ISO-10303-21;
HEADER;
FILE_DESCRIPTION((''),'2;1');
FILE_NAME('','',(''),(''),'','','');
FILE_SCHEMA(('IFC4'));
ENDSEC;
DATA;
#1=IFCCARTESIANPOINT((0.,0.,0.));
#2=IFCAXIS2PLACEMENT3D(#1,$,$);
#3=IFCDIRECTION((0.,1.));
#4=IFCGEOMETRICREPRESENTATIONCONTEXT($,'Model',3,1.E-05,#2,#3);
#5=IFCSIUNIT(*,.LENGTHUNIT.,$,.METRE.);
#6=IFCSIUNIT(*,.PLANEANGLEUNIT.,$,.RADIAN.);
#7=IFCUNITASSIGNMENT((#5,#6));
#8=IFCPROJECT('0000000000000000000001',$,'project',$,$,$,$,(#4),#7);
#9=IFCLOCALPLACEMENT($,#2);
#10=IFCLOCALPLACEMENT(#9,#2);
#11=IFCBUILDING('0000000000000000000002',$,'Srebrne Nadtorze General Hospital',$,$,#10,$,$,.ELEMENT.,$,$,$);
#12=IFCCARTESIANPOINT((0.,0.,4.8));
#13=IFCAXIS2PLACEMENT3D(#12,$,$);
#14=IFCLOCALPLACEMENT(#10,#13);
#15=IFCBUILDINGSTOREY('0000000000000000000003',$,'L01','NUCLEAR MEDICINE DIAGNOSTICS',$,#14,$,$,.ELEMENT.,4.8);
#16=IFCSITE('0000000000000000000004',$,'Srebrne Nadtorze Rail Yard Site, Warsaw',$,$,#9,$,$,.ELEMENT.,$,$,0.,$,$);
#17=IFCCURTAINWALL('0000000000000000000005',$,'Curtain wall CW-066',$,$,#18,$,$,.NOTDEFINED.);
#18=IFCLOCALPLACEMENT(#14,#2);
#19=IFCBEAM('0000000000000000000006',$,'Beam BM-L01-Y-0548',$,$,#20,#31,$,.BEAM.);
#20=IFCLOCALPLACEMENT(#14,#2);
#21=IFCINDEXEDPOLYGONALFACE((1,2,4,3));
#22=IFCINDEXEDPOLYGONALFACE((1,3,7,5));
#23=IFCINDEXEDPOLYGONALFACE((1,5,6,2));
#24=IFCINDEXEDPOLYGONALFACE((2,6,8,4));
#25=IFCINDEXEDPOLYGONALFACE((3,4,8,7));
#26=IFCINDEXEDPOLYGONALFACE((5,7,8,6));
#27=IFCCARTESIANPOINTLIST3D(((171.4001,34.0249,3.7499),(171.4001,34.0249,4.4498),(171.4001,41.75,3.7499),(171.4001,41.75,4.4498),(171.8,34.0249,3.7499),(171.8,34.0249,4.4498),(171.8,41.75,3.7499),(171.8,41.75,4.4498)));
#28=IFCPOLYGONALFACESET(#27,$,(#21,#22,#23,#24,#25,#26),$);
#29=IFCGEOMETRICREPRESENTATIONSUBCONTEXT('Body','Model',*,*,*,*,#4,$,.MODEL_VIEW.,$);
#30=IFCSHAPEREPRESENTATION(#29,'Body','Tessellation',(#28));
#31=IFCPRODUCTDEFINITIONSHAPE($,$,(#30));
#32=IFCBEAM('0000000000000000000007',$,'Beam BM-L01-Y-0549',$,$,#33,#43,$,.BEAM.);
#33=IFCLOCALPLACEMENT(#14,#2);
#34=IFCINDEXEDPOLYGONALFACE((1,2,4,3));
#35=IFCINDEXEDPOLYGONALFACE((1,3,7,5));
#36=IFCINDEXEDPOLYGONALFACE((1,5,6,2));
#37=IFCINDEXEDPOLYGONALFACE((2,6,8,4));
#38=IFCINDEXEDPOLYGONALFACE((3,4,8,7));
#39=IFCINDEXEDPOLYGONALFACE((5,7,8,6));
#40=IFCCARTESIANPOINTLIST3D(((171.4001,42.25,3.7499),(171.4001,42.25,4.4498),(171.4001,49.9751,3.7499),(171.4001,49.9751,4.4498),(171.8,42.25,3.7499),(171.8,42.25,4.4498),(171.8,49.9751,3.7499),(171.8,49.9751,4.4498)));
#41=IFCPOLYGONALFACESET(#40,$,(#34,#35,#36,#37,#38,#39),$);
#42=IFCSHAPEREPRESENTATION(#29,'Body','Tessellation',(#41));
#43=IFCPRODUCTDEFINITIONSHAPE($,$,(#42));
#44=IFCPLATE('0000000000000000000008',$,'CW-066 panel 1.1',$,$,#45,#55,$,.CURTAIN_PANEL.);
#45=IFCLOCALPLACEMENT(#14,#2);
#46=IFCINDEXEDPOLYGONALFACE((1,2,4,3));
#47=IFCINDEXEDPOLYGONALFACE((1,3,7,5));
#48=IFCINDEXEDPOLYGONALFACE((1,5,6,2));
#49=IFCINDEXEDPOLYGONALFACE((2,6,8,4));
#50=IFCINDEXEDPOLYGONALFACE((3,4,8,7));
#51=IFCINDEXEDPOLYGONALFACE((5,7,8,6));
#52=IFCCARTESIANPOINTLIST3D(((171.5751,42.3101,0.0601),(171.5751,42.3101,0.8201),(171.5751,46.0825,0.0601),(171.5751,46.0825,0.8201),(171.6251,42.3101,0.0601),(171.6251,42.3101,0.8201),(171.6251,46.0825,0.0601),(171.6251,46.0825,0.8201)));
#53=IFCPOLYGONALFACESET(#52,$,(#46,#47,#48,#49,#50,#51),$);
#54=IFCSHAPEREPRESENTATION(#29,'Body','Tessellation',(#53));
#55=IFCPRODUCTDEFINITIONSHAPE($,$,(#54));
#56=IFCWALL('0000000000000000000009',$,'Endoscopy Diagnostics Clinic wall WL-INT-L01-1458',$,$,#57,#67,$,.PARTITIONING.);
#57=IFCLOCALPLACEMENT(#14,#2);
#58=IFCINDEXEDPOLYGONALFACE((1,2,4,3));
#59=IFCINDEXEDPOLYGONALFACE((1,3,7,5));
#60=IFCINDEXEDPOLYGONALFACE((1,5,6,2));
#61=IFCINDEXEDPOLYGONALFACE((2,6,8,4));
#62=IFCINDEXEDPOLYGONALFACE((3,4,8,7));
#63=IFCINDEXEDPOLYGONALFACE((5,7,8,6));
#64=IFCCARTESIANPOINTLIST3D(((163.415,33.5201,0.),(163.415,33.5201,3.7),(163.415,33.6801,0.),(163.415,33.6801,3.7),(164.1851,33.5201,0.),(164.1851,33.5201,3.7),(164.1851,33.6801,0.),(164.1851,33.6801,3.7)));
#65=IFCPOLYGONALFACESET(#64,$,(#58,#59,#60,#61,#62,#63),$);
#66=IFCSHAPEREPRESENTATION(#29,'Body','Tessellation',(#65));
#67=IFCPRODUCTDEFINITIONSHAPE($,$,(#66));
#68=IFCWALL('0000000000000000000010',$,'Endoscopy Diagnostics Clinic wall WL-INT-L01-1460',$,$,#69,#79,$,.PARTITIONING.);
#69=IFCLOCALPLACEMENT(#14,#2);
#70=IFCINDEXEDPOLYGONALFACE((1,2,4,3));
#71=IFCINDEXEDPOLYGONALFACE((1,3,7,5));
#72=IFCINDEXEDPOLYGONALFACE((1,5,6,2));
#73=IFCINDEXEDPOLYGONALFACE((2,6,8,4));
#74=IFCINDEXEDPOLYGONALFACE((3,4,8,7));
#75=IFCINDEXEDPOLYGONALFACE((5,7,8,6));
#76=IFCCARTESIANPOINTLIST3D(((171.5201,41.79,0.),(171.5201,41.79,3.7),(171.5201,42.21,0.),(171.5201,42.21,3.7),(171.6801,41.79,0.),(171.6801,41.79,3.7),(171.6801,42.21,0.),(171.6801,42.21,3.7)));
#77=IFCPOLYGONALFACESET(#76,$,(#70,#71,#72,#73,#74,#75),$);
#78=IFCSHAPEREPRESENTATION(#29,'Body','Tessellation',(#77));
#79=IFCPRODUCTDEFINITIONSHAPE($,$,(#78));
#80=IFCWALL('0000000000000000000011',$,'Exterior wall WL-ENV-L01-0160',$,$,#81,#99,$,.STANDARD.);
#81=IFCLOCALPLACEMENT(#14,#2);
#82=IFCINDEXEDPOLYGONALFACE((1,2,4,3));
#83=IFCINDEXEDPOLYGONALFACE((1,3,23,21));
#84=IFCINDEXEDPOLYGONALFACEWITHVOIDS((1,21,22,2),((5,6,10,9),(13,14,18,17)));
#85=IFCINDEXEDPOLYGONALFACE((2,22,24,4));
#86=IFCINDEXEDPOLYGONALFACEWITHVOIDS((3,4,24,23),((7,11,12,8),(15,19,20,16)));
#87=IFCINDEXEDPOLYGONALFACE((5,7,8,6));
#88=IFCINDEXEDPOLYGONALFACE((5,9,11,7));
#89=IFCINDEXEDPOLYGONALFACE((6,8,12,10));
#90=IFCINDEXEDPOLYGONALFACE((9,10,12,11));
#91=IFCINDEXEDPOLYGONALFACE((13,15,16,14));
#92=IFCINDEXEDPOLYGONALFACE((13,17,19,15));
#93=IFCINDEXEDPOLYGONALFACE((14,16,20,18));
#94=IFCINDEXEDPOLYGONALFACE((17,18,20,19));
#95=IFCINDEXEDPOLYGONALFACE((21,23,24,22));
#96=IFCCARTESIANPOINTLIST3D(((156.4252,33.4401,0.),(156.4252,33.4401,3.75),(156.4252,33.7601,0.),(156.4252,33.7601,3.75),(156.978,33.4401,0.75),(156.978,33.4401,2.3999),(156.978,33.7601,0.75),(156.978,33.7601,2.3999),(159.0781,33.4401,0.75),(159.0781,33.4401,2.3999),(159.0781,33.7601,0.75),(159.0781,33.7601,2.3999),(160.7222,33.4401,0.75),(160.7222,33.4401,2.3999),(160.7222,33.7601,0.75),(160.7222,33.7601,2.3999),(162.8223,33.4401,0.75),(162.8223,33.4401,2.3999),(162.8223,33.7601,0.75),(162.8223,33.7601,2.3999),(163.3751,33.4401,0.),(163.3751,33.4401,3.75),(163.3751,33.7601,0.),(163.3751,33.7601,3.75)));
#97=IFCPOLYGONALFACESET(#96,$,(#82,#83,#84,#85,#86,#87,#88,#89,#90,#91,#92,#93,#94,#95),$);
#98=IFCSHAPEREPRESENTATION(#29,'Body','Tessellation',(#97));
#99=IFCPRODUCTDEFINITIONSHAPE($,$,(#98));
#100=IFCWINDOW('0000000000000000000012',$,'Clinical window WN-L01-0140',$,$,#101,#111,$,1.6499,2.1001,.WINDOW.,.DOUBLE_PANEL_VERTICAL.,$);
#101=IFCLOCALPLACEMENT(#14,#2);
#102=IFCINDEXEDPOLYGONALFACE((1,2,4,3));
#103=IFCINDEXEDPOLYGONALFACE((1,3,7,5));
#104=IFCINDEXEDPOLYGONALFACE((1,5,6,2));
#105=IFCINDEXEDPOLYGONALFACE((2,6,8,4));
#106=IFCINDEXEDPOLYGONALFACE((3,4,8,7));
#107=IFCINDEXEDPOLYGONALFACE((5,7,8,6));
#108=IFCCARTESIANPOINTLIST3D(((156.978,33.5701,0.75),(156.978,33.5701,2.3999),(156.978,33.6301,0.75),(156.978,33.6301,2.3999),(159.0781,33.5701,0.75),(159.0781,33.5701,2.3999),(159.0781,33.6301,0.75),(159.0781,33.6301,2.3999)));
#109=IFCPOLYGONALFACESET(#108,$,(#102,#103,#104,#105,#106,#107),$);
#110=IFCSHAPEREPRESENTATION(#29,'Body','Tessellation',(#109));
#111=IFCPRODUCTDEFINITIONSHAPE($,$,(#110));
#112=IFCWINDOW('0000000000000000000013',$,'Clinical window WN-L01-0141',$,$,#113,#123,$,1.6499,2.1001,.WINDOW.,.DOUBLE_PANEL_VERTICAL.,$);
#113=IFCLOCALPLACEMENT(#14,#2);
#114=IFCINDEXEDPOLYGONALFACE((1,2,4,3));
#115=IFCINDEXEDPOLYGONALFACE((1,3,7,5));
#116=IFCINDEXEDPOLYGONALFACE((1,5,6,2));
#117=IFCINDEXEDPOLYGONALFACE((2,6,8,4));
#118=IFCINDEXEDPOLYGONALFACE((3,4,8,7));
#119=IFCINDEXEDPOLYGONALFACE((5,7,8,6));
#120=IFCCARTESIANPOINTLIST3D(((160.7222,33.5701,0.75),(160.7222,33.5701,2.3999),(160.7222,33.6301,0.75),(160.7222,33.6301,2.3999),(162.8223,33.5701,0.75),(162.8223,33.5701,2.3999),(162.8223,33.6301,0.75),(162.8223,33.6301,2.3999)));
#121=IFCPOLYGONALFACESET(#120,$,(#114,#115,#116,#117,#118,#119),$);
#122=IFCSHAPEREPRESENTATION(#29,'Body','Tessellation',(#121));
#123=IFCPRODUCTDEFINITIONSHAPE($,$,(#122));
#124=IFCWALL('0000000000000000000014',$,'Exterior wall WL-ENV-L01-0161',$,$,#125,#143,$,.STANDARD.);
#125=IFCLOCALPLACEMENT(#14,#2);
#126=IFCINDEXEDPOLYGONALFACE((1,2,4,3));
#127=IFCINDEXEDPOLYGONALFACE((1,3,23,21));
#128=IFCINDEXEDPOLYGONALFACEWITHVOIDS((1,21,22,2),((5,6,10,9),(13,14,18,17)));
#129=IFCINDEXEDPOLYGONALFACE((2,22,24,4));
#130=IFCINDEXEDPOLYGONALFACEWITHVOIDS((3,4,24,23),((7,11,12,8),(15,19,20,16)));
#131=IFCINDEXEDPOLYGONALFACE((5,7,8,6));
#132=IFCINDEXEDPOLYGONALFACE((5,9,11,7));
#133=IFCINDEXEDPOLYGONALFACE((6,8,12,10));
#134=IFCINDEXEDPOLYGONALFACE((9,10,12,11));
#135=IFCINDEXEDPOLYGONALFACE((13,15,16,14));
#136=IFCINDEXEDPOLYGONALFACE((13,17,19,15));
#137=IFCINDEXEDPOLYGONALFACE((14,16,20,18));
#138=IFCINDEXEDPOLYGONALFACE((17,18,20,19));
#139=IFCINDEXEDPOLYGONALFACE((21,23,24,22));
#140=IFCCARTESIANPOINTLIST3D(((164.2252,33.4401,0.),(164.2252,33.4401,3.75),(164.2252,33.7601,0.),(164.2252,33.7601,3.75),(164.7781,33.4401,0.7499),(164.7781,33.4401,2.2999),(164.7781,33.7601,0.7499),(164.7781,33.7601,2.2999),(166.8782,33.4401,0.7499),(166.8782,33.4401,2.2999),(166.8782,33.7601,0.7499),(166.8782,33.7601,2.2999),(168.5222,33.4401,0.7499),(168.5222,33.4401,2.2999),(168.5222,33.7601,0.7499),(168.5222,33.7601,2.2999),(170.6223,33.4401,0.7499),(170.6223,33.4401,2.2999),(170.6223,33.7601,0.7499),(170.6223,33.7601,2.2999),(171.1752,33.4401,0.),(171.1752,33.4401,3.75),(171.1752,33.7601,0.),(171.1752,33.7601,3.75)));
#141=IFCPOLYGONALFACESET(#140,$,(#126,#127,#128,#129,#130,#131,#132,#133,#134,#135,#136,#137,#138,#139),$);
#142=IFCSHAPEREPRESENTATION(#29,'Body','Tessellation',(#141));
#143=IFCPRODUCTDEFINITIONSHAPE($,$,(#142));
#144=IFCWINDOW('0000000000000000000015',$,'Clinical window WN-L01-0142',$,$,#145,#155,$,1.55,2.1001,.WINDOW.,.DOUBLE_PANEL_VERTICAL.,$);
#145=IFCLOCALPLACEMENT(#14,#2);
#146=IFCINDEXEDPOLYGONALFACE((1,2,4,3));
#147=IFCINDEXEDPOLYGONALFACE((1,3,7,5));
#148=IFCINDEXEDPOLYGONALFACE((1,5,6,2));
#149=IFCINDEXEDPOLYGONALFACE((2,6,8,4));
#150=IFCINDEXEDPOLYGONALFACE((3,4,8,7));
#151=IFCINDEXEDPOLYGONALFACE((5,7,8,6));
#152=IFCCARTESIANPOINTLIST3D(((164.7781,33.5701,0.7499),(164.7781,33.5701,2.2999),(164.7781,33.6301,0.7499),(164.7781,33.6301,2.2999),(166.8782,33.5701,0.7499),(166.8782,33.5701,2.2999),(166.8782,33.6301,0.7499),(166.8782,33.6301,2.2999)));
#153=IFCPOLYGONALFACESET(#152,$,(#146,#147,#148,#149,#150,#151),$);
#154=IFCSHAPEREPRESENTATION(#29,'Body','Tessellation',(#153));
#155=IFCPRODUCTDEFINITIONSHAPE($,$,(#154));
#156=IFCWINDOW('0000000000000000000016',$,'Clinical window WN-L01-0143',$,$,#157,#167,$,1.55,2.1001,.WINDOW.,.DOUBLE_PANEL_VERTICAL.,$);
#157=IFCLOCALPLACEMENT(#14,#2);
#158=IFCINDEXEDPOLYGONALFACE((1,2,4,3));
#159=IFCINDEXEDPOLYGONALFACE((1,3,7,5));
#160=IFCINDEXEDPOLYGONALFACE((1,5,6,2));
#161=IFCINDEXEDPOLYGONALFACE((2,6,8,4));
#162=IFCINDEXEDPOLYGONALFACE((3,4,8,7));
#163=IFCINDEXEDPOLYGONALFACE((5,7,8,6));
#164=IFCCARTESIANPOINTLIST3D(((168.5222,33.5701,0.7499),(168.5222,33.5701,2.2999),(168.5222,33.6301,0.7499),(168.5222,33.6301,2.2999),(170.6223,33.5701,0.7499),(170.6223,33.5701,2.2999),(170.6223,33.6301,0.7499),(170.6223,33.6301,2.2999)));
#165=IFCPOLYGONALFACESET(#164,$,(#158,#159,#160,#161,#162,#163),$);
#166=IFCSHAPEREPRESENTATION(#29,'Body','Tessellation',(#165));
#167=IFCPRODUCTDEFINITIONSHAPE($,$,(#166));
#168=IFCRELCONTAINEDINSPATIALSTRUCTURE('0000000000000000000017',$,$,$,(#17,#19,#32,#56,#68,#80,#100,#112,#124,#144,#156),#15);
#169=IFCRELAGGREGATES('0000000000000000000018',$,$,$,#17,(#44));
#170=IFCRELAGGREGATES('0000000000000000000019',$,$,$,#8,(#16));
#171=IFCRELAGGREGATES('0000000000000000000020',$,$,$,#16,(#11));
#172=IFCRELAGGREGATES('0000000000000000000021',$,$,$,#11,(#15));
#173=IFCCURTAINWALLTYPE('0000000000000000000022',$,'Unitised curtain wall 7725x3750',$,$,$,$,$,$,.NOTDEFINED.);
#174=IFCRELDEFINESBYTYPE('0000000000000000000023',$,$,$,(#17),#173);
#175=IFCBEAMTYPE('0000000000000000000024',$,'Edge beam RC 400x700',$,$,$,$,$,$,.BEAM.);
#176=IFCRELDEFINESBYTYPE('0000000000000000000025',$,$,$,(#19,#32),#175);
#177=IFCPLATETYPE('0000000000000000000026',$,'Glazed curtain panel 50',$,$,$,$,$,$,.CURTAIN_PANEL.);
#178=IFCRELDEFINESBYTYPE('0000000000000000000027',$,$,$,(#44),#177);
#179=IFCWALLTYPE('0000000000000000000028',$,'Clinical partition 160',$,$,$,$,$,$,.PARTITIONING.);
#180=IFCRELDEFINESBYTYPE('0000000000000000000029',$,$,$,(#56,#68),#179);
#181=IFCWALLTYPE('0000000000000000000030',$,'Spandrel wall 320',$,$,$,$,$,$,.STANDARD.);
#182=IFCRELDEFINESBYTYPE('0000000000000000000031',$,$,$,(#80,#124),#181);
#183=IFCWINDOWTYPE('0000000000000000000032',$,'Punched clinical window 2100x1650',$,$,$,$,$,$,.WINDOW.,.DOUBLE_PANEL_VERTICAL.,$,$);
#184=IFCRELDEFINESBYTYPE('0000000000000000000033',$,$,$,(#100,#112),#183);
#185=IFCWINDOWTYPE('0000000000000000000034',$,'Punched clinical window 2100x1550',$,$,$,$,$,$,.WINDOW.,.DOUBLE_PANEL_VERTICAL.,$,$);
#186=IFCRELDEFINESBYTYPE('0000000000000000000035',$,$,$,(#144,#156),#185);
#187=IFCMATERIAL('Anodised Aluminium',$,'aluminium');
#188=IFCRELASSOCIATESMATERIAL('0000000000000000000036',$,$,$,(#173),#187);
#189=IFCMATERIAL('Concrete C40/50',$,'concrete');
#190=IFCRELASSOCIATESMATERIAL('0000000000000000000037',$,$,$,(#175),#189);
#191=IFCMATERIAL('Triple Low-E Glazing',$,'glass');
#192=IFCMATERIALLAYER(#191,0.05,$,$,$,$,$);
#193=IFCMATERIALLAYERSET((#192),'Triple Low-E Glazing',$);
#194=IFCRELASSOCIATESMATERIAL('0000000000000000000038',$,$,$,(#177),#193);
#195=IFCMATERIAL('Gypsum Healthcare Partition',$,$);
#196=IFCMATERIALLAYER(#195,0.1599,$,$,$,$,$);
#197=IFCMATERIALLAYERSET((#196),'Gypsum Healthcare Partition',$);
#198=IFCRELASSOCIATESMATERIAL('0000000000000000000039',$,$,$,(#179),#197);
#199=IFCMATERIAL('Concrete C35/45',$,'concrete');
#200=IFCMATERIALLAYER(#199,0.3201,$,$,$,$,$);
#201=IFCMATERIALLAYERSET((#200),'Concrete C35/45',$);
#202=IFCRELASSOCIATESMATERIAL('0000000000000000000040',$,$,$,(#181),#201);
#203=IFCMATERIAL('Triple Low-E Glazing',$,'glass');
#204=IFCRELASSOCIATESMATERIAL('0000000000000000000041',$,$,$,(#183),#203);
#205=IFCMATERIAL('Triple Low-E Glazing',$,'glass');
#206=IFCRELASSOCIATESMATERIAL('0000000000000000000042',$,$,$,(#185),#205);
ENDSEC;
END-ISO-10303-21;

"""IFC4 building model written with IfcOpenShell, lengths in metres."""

from ifc_helpers import new_model, si_unit, direction, frame, frame_2d, origin, origin_2d, place, context, subcontext, project, spatial, rectangle, extrude, material, layer, layer_set, material_profile, profile_set, type_object, element, fill, aggregate, save


model = new_model("IFC4")

# Units and contexts
model_context = context("Model", 3, precision=1e-05, world=origin(), true_north=direction((0.0, 1.0)))
body_context = subcontext(model_context, "Body", "Model", "MODEL_VIEW")
ifc_project = project(units=[si_unit("LENGTHUNIT", "METRE"), si_unit("PLANEANGLEUNIT", "RADIAN")], contexts=[model_context])

# Site, building, storey
site_placement = place(None, origin())
site = spatial("IfcSite", under=ifc_project, at=site_placement, Name="Srebrne Nadtorze Rail Yard Site, Warsaw", CompositionType="ELEMENT", RefElevation=0.0)
building_placement = place(site_placement, origin())
building = spatial("IfcBuilding", under=site, at=building_placement, Name="Srebrne Nadtorze General Hospital", CompositionType="ELEMENT")
storey_placement = place(building_placement, frame((0.0, 0.0, 4.8)))
storey = spatial("IfcBuildingStorey", under=building, at=storey_placement, Name="L01", Description="NUCLEAR MEDICINE DIAGNOSTICS", CompositionType="ELEMENT", Elevation=4.8)

# Curtain wall
ifc_material_1 = material(Name="Anodised Aluminium", Category="aluminium")
curtain_wall_type = type_object("IfcCurtainWallType", Name="Unitised curtain wall 7725x3750", PredefinedType="NOTDEFINED", material=ifc_material_1)
curtain_wall_placement = place(storey_placement, origin())
curtain_wall = element("IfcCurtainWall", 1, at=curtain_wall_placement, inside=storey, type_object=curtain_wall_type, Name="Curtain wall CW-066", PredefinedType="NOTDEFINED")

# Beams
ifc_material_2 = material(Name="Concrete C40/50", Category="concrete")
ifc_material_profile_1 = material_profile(ifc_material_2, rectangle(XDim=0.3999, YDim=0.7, at=origin_2d()), Name="RC-BM-400x700")
ifc_profile_set_1 = profile_set([ifc_material_profile_1], Name="Concrete C40/50")
beam_type = type_object("IfcBeamType", Name="Edge beam RC 400x700", PredefinedType="BEAM", material=ifc_profile_set_1)
for number, where, z_axis, x_axis, name in (
    (2, (171.6001, 34.0249, 4.0999), (0.0, 1.0, 0.0), (-1.0, 0.0, 0.0), "Beam BM-L01-Y-0548"),
    (3, (171.6001, 42.25, 4.0999), (0.0, 1.0, 0.0), (-1.0, 0.0, 0.0), "Beam BM-L01-Y-0549"),
):
    element("IfcBeam", number, at=place(storey_placement, frame(where, z_axis=z_axis, x_axis=x_axis)), inside=storey, type_object=beam_type, Name=name, PredefinedType="BEAM", context=body_context, shape_type="SweptSolid", body=[
        extrude(rectangle(XDim=0.3999, YDim=0.7, at=origin_2d()), origin(), (0.0, 0.0, 1.0), 7.7251),
    ])

# Plate
ifc_material_3 = material(Name="Triple Low-E Glazing", Category="glass")
ifc_layer_1 = layer(ifc_material_3, 0.05)
ifc_layer_set_1 = layer_set([ifc_layer_1], Name="Triple Low-E Glazing")
plate_type = type_object("IfcPlateType", Name="Glazed curtain panel 50", PredefinedType="CURTAIN_PANEL", material=ifc_layer_set_1)
plate_placement = place(storey_placement, frame((171.6001, 44.1963, 0.0601), z_axis=(0.0, 0.0, 1.0), x_axis=(0.0, 1.0, 0.0)))
plate = element("IfcPlate", 4, at=plate_placement, type_object=plate_type, Name="CW-066 panel 1.1", PredefinedType="CURTAIN_PANEL", context=body_context, shape_type="SweptSolid", body=[
    extrude(rectangle(XDim=3.7725, YDim=0.05, at=origin_2d()), origin(), (0.0, 0.0, 1.0), 0.76),
])
aggregate(curtain_wall, [plate])

# Walls
ifc_material_4 = material(Name="Gypsum Healthcare Partition")
ifc_layer_2 = layer(ifc_material_4, 0.1599)
ifc_layer_set_2 = layer_set([ifc_layer_2], Name="Gypsum Healthcare Partition")
wall_type_1 = type_object("IfcWallType", Name="Clinical partition 160", PredefinedType="PARTITIONING", material=ifc_layer_set_2)
wall_1_placement = place(storey_placement, frame((163.415, 33.6001, 0.0), z_axis=(0.0, 0.0, 1.0), x_axis=(1.0, 0.0, 0.0)))
element("IfcWall", 5, at=wall_1_placement, inside=storey, type_object=wall_type_1, Name="Endoscopy Diagnostics Clinic wall WL-INT-L01-1458", PredefinedType="PARTITIONING", context=body_context, shape_type="SweptSolid", body=[
    extrude(rectangle(XDim=0.77, YDim=0.1599, at=frame_2d((0.385, 0.0))), origin(), (0.0, 0.0, 1.0), 3.7),
])
wall_2_placement = place(storey_placement, frame((171.6001, 41.79, 0.0), z_axis=(0.0, 0.0, 1.0), x_axis=(0.0, 1.0, 0.0)))
element("IfcWall", 6, at=wall_2_placement, inside=storey, type_object=wall_type_1, Name="Endoscopy Diagnostics Clinic wall WL-INT-L01-1460", PredefinedType="PARTITIONING", context=body_context, shape_type="SweptSolid", body=[
    extrude(rectangle(XDim=0.4199, YDim=0.1599, at=frame_2d((0.21, 0.0))), origin(), (0.0, 0.0, 1.0), 3.7),
])

# Walls, openings, windows
ifc_material_5 = material(Name="Concrete C35/45", Category="concrete")
ifc_layer_3 = layer(ifc_material_5, 0.3201)
ifc_layer_set_3 = layer_set([ifc_layer_3], Name="Concrete C35/45")
wall_type_2 = type_object("IfcWallType", Name="Spandrel wall 320", PredefinedType="STANDARD", material=ifc_layer_set_3)
wall_3_placement = place(storey_placement, frame((156.425, 33.6001, 0.0), z_axis=(0.0, 0.0, 1.0), x_axis=(1.0, 0.0, 0.0)))
wall_3 = element("IfcWall", 7, at=wall_3_placement, inside=storey, type_object=wall_type_2, Name="Exterior wall WL-ENV-L01-0160", PredefinedType="STANDARD", context=body_context, shape_type="SweptSolid", body=[
    extrude(rectangle(XDim=6.95, YDim=0.3201, at=frame_2d((3.4751, 0.0))), origin(), (0.0, 0.0, 1.0), 3.75),
])
opening_1_placement = place(wall_3_placement, frame((0.553, 0.0, 0.75)))
opening_1 = element("IfcOpeningElement", 8, at=opening_1_placement, cuts=wall_3, PredefinedType="OPENING", context=body_context, shape_type="SweptSolid", body=[
    extrude(rectangle(XDim=2.1001, YDim=1.6499, at=frame_2d((1.05, 0.825))), frame((0.0, 0.1719, 0.0), z_axis=(0.0, -1.0, 0.0), x_axis=(1.0, 0.0, 0.0)), (0.0, 0.0, 1.0), 0.344),
])
opening_2_placement = place(wall_3_placement, frame((4.2971, 0.0, 0.75)))
opening_2 = element("IfcOpeningElement", 9, at=opening_2_placement, cuts=wall_3, PredefinedType="OPENING", context=body_context, shape_type="SweptSolid", body=[
    extrude(rectangle(XDim=2.1001, YDim=1.6499, at=frame_2d((1.05, 0.825))), frame((0.0, 0.1719, 0.0), z_axis=(0.0, -1.0, 0.0), x_axis=(1.0, 0.0, 0.0)), (0.0, 0.0, 1.0), 0.344),
])
ifc_material_6 = material(Name="Triple Low-E Glazing", Category="glass")
window_type_1 = type_object("IfcWindowType", Name="Punched clinical window 2100x1650", PartitioningType="DOUBLE_PANEL_VERTICAL", PredefinedType="WINDOW", material=ifc_material_6)
window_1_placement = place(opening_1_placement, origin())
window_1 = element("IfcWindow", 10, at=window_1_placement, inside=storey, type_object=window_type_1, Name="Clinical window WN-L01-0140", OverallHeight=1.6499, OverallWidth=2.1001, PartitioningType="DOUBLE_PANEL_VERTICAL", PredefinedType="WINDOW", context=body_context, shape_type="SweptSolid", body=[
    extrude(rectangle(XDim=2.1001, YDim=1.6499, at=frame_2d((1.05, 0.825))), frame((0.0, 0.03, 0.0), z_axis=(0.0, -1.0, 0.0), x_axis=(1.0, 0.0, 0.0)), (0.0, 0.0, 1.0), 0.0601),
])
fill(opening_1, window_1)
window_2_placement = place(opening_2_placement, origin())
window_2 = element("IfcWindow", 11, at=window_2_placement, inside=storey, type_object=window_type_1, Name="Clinical window WN-L01-0141", OverallHeight=1.6499, OverallWidth=2.1001, PartitioningType="DOUBLE_PANEL_VERTICAL", PredefinedType="WINDOW", context=body_context, shape_type="SweptSolid", body=[
    extrude(rectangle(XDim=2.1001, YDim=1.6499, at=frame_2d((1.05, 0.825))), frame((0.0, 0.03, 0.0), z_axis=(0.0, -1.0, 0.0), x_axis=(1.0, 0.0, 0.0)), (0.0, 0.0, 1.0), 0.0601),
])
fill(opening_2, window_2)
wall_4_placement = place(storey_placement, frame((164.2251, 33.6001, 0.0), z_axis=(0.0, 0.0, 1.0), x_axis=(1.0, 0.0, 0.0)))
wall_4 = element("IfcWall", 12, at=wall_4_placement, inside=storey, type_object=wall_type_2, Name="Exterior wall WL-ENV-L01-0161", PredefinedType="STANDARD", context=body_context, shape_type="SweptSolid", body=[
    extrude(rectangle(XDim=6.95, YDim=0.3201, at=frame_2d((3.4751, 0.0))), origin(), (0.0, 0.0, 1.0), 3.75),
])
opening_3_placement = place(wall_4_placement, frame((0.553, 0.0, 0.75)))
opening_3 = element("IfcOpeningElement", 13, at=opening_3_placement, cuts=wall_4, PredefinedType="OPENING", context=body_context, shape_type="SweptSolid", body=[
    extrude(rectangle(XDim=2.1001, YDim=1.55, at=frame_2d((1.05, 0.7749))), frame((0.0, 0.1719, 0.0), z_axis=(0.0, -1.0, 0.0), x_axis=(1.0, 0.0, 0.0)), (0.0, 0.0, 1.0), 0.344),
])
opening_4_placement = place(wall_4_placement, frame((4.2971, 0.0, 0.75)))
opening_4 = element("IfcOpeningElement", 14, at=opening_4_placement, cuts=wall_4, PredefinedType="OPENING", context=body_context, shape_type="SweptSolid", body=[
    extrude(rectangle(XDim=2.1001, YDim=1.55, at=frame_2d((1.05, 0.7749))), frame((0.0, 0.1719, 0.0), z_axis=(0.0, -1.0, 0.0), x_axis=(1.0, 0.0, 0.0)), (0.0, 0.0, 1.0), 0.344),
])
ifc_material_7 = material(Name="Triple Low-E Glazing", Category="glass")
window_type_2 = type_object("IfcWindowType", Name="Punched clinical window 2100x1550", PartitioningType="DOUBLE_PANEL_VERTICAL", PredefinedType="WINDOW", material=ifc_material_7)
window_3_placement = place(opening_3_placement, origin())
window_3 = element("IfcWindow", 15, at=window_3_placement, inside=storey, type_object=window_type_2, Name="Clinical window WN-L01-0142", OverallHeight=1.55, OverallWidth=2.1001, PartitioningType="DOUBLE_PANEL_VERTICAL", PredefinedType="WINDOW", context=body_context, shape_type="SweptSolid", body=[
    extrude(rectangle(XDim=2.1001, YDim=1.55, at=frame_2d((1.05, 0.7749))), frame((0.0, 0.03, 0.0), z_axis=(0.0, -1.0, 0.0), x_axis=(1.0, 0.0, 0.0)), (0.0, 0.0, 1.0), 0.0601),
])
fill(opening_3, window_3)
window_4_placement = place(opening_4_placement, origin())
window_4 = element("IfcWindow", 16, at=window_4_placement, inside=storey, type_object=window_type_2, Name="Clinical window WN-L01-0143", OverallHeight=1.55, OverallWidth=2.1001, PartitioningType="DOUBLE_PANEL_VERTICAL", PredefinedType="WINDOW", context=body_context, shape_type="SweptSolid", body=[
    extrude(rectangle(XDim=2.1001, YDim=1.55, at=frame_2d((1.05, 0.7749))), frame((0.0, 0.03, 0.0), z_axis=(0.0, -1.0, 0.0), x_axis=(1.0, 0.0, 0.0)), (0.0, 0.0, 1.0), 0.0601),
])
fill(opening_4, window_4)

save(model, "model.ifc")
